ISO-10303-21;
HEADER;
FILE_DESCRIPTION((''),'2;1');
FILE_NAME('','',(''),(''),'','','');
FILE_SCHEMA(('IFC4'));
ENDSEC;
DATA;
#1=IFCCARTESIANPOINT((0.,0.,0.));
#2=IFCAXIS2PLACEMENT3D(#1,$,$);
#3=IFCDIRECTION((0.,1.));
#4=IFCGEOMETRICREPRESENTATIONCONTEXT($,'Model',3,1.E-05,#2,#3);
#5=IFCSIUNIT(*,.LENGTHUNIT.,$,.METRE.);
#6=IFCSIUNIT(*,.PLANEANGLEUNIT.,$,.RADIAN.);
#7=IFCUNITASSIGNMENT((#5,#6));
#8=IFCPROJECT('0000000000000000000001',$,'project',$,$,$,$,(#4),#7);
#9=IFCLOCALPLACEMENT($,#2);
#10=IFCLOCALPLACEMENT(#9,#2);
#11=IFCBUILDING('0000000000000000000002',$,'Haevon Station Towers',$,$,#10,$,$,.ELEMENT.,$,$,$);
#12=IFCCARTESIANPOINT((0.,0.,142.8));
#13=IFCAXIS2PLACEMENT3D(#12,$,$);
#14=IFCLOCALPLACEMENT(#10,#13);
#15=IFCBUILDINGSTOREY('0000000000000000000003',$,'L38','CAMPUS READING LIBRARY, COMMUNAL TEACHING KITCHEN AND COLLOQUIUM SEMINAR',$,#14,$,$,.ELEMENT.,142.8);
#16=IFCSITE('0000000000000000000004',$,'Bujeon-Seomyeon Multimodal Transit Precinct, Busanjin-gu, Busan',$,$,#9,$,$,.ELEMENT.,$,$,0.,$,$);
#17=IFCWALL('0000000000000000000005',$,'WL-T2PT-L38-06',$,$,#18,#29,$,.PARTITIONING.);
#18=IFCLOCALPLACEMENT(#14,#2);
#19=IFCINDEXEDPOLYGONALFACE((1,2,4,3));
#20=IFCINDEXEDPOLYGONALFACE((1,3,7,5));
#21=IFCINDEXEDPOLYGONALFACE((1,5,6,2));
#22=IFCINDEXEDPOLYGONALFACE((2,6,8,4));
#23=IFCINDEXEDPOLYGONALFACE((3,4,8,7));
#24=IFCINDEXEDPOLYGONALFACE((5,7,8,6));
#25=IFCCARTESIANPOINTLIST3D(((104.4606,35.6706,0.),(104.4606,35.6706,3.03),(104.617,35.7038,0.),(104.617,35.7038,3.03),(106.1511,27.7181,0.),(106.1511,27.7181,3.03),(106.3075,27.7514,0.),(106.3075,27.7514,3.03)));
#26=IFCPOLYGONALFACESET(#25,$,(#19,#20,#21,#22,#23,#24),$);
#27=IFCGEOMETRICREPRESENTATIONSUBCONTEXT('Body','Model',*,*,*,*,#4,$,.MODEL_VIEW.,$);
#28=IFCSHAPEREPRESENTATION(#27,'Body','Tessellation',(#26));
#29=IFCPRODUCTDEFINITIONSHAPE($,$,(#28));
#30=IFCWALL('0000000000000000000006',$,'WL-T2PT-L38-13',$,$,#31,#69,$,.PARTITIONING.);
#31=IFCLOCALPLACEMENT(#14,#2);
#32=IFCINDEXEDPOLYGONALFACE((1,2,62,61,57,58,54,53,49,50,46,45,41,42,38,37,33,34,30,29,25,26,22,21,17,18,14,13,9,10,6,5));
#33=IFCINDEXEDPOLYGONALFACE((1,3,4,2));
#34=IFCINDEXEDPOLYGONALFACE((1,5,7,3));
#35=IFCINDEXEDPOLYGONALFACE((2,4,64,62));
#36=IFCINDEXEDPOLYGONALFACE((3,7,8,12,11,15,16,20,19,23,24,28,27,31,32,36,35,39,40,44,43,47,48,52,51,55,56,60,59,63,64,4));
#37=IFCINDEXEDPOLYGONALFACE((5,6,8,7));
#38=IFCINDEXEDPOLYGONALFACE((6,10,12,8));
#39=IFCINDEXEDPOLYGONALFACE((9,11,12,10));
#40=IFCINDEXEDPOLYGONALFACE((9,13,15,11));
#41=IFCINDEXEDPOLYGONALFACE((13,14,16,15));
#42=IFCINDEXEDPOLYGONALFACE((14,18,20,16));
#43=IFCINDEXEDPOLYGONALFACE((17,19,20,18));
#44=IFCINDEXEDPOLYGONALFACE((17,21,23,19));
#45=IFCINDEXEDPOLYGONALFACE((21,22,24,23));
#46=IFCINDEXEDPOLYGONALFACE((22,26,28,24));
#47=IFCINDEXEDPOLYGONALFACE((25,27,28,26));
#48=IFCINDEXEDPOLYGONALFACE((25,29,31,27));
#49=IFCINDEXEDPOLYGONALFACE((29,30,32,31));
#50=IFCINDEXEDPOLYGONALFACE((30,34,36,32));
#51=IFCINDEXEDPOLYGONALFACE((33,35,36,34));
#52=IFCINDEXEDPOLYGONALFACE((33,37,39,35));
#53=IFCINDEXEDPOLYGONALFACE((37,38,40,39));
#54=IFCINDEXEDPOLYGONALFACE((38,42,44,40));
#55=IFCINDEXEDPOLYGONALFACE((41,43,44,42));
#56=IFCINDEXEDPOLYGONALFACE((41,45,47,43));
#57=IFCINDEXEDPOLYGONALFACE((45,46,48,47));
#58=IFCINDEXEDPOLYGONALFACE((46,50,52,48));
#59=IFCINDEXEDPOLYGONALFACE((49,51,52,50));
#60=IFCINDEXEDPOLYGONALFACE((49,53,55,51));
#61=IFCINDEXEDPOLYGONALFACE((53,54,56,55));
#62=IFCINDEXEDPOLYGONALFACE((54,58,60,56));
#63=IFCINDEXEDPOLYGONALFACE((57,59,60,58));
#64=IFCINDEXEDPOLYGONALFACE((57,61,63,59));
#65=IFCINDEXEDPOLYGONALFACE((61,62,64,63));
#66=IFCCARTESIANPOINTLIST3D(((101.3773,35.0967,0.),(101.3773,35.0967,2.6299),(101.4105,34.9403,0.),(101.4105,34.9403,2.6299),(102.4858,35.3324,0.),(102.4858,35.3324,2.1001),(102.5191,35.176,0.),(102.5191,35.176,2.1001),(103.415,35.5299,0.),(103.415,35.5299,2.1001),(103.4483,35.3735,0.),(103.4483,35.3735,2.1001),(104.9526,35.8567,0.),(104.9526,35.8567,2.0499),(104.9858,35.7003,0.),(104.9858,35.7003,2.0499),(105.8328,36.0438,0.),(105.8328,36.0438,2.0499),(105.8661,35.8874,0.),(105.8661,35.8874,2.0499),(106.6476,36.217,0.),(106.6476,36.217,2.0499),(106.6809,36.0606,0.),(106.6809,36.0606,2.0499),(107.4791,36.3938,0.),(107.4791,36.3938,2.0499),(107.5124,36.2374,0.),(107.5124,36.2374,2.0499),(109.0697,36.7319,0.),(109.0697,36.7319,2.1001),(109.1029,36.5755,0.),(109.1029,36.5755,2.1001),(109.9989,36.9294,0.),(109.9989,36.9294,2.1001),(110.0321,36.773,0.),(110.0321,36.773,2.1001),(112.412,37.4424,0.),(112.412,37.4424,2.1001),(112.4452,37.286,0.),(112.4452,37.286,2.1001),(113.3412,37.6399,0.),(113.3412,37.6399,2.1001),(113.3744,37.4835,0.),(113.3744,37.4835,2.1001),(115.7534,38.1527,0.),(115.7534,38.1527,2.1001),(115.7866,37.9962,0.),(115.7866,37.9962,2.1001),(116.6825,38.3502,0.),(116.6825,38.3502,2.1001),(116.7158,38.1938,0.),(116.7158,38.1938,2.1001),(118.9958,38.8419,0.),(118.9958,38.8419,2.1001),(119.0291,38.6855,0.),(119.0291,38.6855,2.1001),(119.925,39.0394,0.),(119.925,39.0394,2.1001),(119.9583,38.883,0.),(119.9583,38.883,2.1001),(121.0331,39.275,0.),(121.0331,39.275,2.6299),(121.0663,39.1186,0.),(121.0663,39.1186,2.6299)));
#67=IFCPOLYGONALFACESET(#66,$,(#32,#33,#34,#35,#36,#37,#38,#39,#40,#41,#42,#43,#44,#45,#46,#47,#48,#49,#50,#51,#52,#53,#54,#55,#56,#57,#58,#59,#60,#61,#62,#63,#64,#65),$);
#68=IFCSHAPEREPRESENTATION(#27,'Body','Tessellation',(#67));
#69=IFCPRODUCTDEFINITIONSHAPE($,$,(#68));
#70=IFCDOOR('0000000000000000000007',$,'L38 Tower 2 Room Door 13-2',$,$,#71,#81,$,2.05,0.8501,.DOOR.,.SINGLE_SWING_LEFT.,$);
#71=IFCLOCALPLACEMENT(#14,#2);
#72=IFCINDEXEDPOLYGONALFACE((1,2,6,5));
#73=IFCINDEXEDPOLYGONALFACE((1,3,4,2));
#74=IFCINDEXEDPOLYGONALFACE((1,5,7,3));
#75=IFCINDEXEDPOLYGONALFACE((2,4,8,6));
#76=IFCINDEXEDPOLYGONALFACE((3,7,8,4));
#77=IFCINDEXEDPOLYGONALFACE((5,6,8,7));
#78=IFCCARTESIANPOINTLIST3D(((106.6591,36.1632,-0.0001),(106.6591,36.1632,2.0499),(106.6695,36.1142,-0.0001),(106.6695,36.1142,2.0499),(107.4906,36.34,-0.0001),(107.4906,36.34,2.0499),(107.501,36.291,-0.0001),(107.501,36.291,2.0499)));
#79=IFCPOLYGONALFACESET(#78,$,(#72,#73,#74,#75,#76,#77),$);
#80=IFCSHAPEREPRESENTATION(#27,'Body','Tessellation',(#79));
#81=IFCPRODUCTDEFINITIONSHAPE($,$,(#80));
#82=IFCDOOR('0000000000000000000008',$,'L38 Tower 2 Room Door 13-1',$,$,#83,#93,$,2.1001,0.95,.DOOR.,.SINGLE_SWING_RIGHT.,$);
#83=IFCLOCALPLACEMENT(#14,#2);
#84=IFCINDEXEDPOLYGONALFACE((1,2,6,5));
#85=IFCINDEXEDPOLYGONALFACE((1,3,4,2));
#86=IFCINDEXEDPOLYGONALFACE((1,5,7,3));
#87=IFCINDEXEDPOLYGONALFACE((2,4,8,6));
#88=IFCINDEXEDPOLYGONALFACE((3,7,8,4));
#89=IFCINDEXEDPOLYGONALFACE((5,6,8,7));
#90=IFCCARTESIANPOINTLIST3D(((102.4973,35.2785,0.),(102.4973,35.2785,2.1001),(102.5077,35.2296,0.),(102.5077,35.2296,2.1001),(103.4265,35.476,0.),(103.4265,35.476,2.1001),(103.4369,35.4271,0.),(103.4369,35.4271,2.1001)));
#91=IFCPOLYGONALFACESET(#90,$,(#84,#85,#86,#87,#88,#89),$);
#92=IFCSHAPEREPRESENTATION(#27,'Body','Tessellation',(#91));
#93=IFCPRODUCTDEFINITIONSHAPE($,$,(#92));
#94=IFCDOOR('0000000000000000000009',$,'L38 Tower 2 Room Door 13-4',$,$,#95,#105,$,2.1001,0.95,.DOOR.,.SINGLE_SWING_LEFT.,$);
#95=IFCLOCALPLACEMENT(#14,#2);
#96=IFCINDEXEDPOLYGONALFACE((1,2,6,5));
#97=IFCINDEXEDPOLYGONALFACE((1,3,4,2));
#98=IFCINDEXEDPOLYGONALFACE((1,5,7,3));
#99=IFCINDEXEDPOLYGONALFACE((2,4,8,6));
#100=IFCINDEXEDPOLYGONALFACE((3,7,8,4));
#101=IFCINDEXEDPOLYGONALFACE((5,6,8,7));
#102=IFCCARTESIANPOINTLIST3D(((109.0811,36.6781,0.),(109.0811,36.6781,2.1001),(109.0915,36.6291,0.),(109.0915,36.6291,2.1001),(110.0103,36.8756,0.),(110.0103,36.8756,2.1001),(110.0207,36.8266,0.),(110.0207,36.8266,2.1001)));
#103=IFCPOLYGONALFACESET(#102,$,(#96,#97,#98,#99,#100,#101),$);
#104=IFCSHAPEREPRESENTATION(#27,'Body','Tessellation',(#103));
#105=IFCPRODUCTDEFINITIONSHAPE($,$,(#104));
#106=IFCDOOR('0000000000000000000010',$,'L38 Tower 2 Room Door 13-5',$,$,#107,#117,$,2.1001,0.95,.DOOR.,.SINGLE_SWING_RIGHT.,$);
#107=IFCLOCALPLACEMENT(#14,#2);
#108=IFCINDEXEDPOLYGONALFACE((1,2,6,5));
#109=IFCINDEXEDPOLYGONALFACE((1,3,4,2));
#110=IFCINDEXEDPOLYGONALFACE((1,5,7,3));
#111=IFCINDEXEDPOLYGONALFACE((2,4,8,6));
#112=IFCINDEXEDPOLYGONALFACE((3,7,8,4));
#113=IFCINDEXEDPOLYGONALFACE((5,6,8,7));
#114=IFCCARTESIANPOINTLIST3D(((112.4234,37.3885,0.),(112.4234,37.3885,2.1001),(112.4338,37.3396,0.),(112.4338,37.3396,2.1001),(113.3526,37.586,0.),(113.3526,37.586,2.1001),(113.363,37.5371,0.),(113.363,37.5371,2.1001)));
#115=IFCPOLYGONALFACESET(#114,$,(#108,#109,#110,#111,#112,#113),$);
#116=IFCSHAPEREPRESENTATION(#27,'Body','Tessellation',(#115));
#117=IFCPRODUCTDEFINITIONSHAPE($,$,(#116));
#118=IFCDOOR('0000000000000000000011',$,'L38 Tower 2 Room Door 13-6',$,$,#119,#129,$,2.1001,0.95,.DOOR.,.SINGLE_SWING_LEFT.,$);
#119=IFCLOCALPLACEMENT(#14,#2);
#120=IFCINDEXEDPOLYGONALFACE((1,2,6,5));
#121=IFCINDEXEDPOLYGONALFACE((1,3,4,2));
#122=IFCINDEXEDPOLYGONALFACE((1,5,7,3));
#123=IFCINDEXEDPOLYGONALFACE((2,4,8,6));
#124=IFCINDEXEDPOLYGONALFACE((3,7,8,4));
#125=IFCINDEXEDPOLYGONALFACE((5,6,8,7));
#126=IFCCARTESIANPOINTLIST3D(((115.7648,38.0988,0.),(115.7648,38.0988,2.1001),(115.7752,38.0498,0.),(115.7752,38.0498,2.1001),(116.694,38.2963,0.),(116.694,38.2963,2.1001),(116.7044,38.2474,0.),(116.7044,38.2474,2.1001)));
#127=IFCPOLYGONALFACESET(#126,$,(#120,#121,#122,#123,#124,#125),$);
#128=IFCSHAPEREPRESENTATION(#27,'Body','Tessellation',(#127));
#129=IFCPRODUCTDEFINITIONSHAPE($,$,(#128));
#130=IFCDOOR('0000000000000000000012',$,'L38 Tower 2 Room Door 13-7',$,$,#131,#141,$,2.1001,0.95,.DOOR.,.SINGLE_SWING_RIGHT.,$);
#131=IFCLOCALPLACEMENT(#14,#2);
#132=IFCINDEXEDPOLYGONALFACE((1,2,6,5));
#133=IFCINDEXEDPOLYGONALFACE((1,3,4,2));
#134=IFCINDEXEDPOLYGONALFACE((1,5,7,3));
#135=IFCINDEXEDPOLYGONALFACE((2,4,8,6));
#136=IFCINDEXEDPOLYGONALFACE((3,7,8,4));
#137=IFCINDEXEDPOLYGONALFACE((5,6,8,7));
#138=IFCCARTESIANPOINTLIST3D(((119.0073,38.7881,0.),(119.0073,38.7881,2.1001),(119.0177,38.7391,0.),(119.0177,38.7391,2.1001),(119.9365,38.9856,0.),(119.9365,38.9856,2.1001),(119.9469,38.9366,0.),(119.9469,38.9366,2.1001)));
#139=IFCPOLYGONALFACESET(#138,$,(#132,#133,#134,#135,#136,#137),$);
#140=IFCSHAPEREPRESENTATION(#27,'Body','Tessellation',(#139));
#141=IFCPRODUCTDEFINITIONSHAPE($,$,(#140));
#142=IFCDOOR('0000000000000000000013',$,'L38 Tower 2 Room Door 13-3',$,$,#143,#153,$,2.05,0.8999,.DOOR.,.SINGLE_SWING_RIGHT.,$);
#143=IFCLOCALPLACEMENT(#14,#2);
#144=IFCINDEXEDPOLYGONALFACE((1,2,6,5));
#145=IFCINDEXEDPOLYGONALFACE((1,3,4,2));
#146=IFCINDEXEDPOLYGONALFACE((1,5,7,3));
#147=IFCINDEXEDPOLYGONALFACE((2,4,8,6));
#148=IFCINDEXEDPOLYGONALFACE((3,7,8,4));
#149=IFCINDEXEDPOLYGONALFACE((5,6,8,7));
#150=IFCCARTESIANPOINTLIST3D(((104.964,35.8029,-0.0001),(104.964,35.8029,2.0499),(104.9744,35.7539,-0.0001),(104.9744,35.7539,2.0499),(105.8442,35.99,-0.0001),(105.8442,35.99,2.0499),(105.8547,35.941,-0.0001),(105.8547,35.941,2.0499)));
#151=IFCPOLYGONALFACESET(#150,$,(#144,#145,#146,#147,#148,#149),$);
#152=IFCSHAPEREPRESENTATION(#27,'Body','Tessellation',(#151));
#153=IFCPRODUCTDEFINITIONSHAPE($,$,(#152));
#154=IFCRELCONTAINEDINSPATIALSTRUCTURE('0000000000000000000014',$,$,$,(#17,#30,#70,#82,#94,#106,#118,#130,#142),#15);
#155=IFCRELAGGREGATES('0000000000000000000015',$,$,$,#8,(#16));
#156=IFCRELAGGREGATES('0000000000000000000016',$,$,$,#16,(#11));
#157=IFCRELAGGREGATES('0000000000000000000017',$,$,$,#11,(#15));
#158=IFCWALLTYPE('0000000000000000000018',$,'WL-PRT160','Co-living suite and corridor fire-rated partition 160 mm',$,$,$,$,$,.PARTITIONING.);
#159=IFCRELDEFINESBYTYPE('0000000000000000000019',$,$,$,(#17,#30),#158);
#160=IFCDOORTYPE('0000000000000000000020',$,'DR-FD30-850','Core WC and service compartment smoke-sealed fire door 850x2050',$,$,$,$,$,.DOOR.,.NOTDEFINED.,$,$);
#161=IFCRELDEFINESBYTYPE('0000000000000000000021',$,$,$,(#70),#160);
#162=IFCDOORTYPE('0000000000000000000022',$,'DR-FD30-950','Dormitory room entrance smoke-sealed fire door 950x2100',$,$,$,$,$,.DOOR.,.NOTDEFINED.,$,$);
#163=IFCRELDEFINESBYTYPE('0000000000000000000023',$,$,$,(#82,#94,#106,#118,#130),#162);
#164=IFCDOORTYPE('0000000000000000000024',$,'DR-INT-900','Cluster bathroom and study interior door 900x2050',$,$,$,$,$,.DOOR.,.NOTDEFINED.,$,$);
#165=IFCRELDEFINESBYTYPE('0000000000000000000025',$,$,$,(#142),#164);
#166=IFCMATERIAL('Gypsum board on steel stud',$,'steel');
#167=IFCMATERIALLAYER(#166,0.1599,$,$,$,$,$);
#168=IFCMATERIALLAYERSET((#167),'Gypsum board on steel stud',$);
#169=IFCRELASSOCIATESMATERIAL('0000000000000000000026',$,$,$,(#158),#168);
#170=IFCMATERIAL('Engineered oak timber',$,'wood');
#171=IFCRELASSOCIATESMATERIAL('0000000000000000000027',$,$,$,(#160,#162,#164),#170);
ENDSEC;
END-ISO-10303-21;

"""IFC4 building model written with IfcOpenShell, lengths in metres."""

from ifc_helpers import new_model, si_unit, direction, frame, frame_2d, origin, place, context, subcontext, project, spatial, rectangle, extrude, material, layer, layer_set, type_object, element, fill, save


model = new_model("IFC4")

# Units and contexts
model_context = context("Model", 3, precision=1e-05, world=origin(), true_north=direction((0.0, 1.0)))
body_context = subcontext(model_context, "Body", "Model", "MODEL_VIEW")
ifc_project = project(units=[si_unit("LENGTHUNIT", "METRE"), si_unit("PLANEANGLEUNIT", "RADIAN")], contexts=[model_context])

# Site, building, storey
site_placement = place(None, origin())
site = spatial("IfcSite", under=ifc_project, at=site_placement, Name="Bujeon-Seomyeon Multimodal Transit Precinct, Busanjin-gu, Busan", CompositionType="ELEMENT", RefElevation=0.0)
building_placement = place(site_placement, origin())
building = spatial("IfcBuilding", under=site, at=building_placement, Name="Haevon Station Towers", CompositionType="ELEMENT")
storey_placement = place(building_placement, frame((0.0, 0.0, 142.8)))
storey = spatial("IfcBuildingStorey", under=building, at=storey_placement, Name="L38", Description="CAMPUS READING LIBRARY, COMMUNAL TEACHING KITCHEN AND COLLOQUIUM SEMINAR", CompositionType="ELEMENT", Elevation=142.8)

# Shared definitions
ifc_material_1 = material(Name="Gypsum board on steel stud", Category="steel")
ifc_material_2 = material(Name="Engineered oak timber", Category="wood")

# Wall
ifc_layer_1 = layer(ifc_material_1, 0.1599)
ifc_layer_set_1 = layer_set([ifc_layer_1], Name="Gypsum board on steel stud")
wall_type_1 = type_object("IfcWallType", Name="WL-PRT160", Description="Co-living suite and corridor fire-rated partition 160 mm", PredefinedType="PARTITIONING", material=ifc_layer_set_1)
wall_1_placement = place(storey_placement, frame((106.2292, 27.7349, 0.0), z_axis=(0.0, 0.0, 1.0), x_axis=(-0.207923, 0.978145, 0.0)))
element("IfcWall", 1, at=wall_1_placement, inside=storey, type_object=wall_type_1, Name="WL-T2PT-L38-06", PredefinedType="PARTITIONING", context=body_context, shape_type="SweptSolid", body=[
    extrude(rectangle(XDim=8.1301, YDim=0.1599, at=frame_2d((4.0649, 0.0))), origin(), (0.0, 0.0, 1.0), 3.03),
])

# Wall, openings, doors
wall_2_placement = place(storey_placement, frame((101.394, 35.0186, 0.0), z_axis=(0.0, 0.0, 1.0), x_axis=(0.978145, 0.207924, 0.0)))
wall_2 = element("IfcWall", 2, at=wall_2_placement, inside=storey, type_object=wall_type_1, Name="WL-T2PT-L38-13", PredefinedType="PARTITIONING", context=body_context, shape_type="SweptSolid", body=[
    extrude(rectangle(XDim=20.095, YDim=0.1599, at=frame_2d((10.0474, 0.0))), origin(), (0.0, 0.0, 1.0), 2.6299),
])
opening_1_placement = place(wall_2_placement, frame((1.1331, 0.0, 0.0)))
opening_1 = element("IfcOpeningElement", 3, at=opening_1_placement, cuts=wall_2, PredefinedType="OPENING", context=body_context, shape_type="SweptSolid", body=[
    extrude(rectangle(XDim=0.95, YDim=2.1001, at=frame_2d((0.4751, 1.05))), frame((0.0, 0.0898, 0.0), z_axis=(0.0, -1.0, 0.0), x_axis=(1.0, 0.0, 0.0)), (0.0, 0.0, 1.0), 0.1799),
])
opening_2_placement = place(wall_2_placement, frame((5.3879, 0.0, 0.0)))
opening_2 = element("IfcOpeningElement", 4, at=opening_2_placement, cuts=wall_2, PredefinedType="OPENING", context=body_context, shape_type="SweptSolid", body=[
    extrude(rectangle(XDim=0.8501, YDim=2.05, at=frame_2d((0.425, 1.0249))), frame((0.0, 0.0898, 0.0), z_axis=(0.0, -1.0, 0.0), x_axis=(1.0, 0.0, 0.0)), (0.0, 0.0, 1.0), 0.1799),
])
opening_3_placement = place(wall_2_placement, frame((3.655, 0.0, 0.0)))
opening_3 = element("IfcOpeningElement", 5, at=opening_3_placement, cuts=wall_2, PredefinedType="OPENING", context=body_context, shape_type="SweptSolid", body=[
    extrude(rectangle(XDim=0.8999, YDim=2.05, at=frame_2d((0.45, 1.0249))), frame((0.0, 0.0898, 0.0), z_axis=(0.0, -1.0, 0.0), x_axis=(1.0, 0.0, 0.0)), (0.0, 0.0, 1.0), 0.1799),
])
opening_4_placement = place(wall_2_placement, frame((7.864, 0.0, 0.0)))
opening_4 = element("IfcOpeningElement", 6, at=opening_4_placement, cuts=wall_2, PredefinedType="OPENING", context=body_context, shape_type="SweptSolid", body=[
    extrude(rectangle(XDim=0.95, YDim=2.1001, at=frame_2d((0.4751, 1.05))), frame((0.0, 0.0898, 0.0), z_axis=(0.0, -1.0, 0.0), x_axis=(1.0, 0.0, 0.0)), (0.0, 0.0, 1.0), 0.1799),
])
opening_5_placement = place(wall_2_placement, frame((11.281, 0.0, 0.0)))
opening_5 = element("IfcOpeningElement", 7, at=opening_5_placement, cuts=wall_2, PredefinedType="OPENING", context=body_context, shape_type="SweptSolid", body=[
    extrude(rectangle(XDim=0.95, YDim=2.1001, at=frame_2d((0.4751, 1.05))), frame((0.0, 0.0898, 0.0), z_axis=(0.0, -1.0, 0.0), x_axis=(1.0, 0.0, 0.0)), (0.0, 0.0, 1.0), 0.1799),
])
opening_6_placement = place(wall_2_placement, frame((14.697, 0.0, 0.0)))
opening_6 = element("IfcOpeningElement", 8, at=opening_6_placement, cuts=wall_2, PredefinedType="OPENING", context=body_context, shape_type="SweptSolid", body=[
    extrude(rectangle(XDim=0.95, YDim=2.1001, at=frame_2d((0.4751, 1.05))), frame((0.0, 0.0898, 0.0), z_axis=(0.0, -1.0, 0.0), x_axis=(1.0, 0.0, 0.0)), (0.0, 0.0, 1.0), 0.1799),
])
opening_7_placement = place(wall_2_placement, frame((18.012, 0.0, 0.0)))
opening_7 = element("IfcOpeningElement", 9, at=opening_7_placement, cuts=wall_2, PredefinedType="OPENING", context=body_context, shape_type="SweptSolid", body=[
    extrude(rectangle(XDim=0.95, YDim=2.1001, at=frame_2d((0.4751, 1.05))), frame((0.0, 0.0898, 0.0), z_axis=(0.0, -1.0, 0.0), x_axis=(1.0, 0.0, 0.0)), (0.0, 0.0, 1.0), 0.1799),
])
door_type_1 = type_object("IfcDoorType", Name="DR-FD30-850", Description="Core WC and service compartment smoke-sealed fire door 850x2050", OperationType="NOTDEFINED", PredefinedType="DOOR", material=ifc_material_2)
door_1_placement = place(opening_2_placement, origin())
door_1 = element("IfcDoor", 10, at=door_1_placement, inside=storey, type_object=door_type_1, Name="L38 Tower 2 Room Door 13-2", OperationType="SINGLE_SWING_LEFT", OverallHeight=2.05, OverallWidth=0.8501, PredefinedType="DOOR", context=body_context, shape_type="SweptSolid", body=[
    extrude(rectangle(XDim=0.8501, YDim=2.05, at=frame_2d((0.425, 1.0249))), frame((0.0, 0.0249, 0.0), z_axis=(0.0, -1.0, 0.0), x_axis=(1.0, 0.0, 0.0)), (0.0, 0.0, 1.0), 0.05),
])
fill(opening_2, door_1)
door_type_2 = type_object("IfcDoorType", Name="DR-FD30-950", Description="Dormitory room entrance smoke-sealed fire door 950x2100", OperationType="NOTDEFINED", PredefinedType="DOOR", material=ifc_material_2)
door_2_placement = place(opening_1_placement, origin())
door_2 = element("IfcDoor", 11, at=door_2_placement, inside=storey, type_object=door_type_2, Name="L38 Tower 2 Room Door 13-1", OperationType="SINGLE_SWING_RIGHT", OverallHeight=2.1001, OverallWidth=0.95, PredefinedType="DOOR", context=body_context, shape_type="SweptSolid", body=[
    extrude(rectangle(XDim=0.95, YDim=2.1001, at=frame_2d((0.4751, 1.05))), frame((0.0, 0.0249, 0.0), z_axis=(0.0, -1.0, 0.0), x_axis=(1.0, 0.0, 0.0)), (0.0, 0.0, 1.0), 0.05),
])
fill(opening_1, door_2)
door_3_placement = place(opening_4_placement, origin())
door_3 = element("IfcDoor", 12, at=door_3_placement, inside=storey, type_object=door_type_2, Name="L38 Tower 2 Room Door 13-4", OperationType="SINGLE_SWING_LEFT", OverallHeight=2.1001, OverallWidth=0.95, PredefinedType="DOOR", context=body_context, shape_type="SweptSolid", body=[
    extrude(rectangle(XDim=0.95, YDim=2.1001, at=frame_2d((0.4751, 1.05))), frame((0.0, 0.0249, 0.0), z_axis=(0.0, -1.0, 0.0), x_axis=(1.0, 0.0, 0.0)), (0.0, 0.0, 1.0), 0.05),
])
fill(opening_4, door_3)
door_4_placement = place(opening_5_placement, origin())
door_4 = element("IfcDoor", 13, at=door_4_placement, inside=storey, type_object=door_type_2, Name="L38 Tower 2 Room Door 13-5", OperationType="SINGLE_SWING_RIGHT", OverallHeight=2.1001, OverallWidth=0.95, PredefinedType="DOOR", context=body_context, shape_type="SweptSolid", body=[
    extrude(rectangle(XDim=0.95, YDim=2.1001, at=frame_2d((0.4751, 1.05))), frame((0.0, 0.0249, 0.0), z_axis=(0.0, -1.0, 0.0), x_axis=(1.0, 0.0, 0.0)), (0.0, 0.0, 1.0), 0.05),
])
fill(opening_5, door_4)
door_5_placement = place(opening_6_placement, origin())
door_5 = element("IfcDoor", 14, at=door_5_placement, inside=storey, type_object=door_type_2, Name="L38 Tower 2 Room Door 13-6", OperationType="SINGLE_SWING_LEFT", OverallHeight=2.1001, OverallWidth=0.95, PredefinedType="DOOR", context=body_context, shape_type="SweptSolid", body=[
    extrude(rectangle(XDim=0.95, YDim=2.1001, at=frame_2d((0.4751, 1.05))), frame((0.0, 0.0249, 0.0), z_axis=(0.0, -1.0, 0.0), x_axis=(1.0, 0.0, 0.0)), (0.0, 0.0, 1.0), 0.05),
])
fill(opening_6, door_5)
door_6_placement = place(opening_7_placement, origin())
door_6 = element("IfcDoor", 15, at=door_6_placement, inside=storey, type_object=door_type_2, Name="L38 Tower 2 Room Door 13-7", OperationType="SINGLE_SWING_RIGHT", OverallHeight=2.1001, OverallWidth=0.95, PredefinedType="DOOR", context=body_context, shape_type="SweptSolid", body=[
    extrude(rectangle(XDim=0.95, YDim=2.1001, at=frame_2d((0.4751, 1.05))), frame((0.0, 0.0249, 0.0), z_axis=(0.0, -1.0, 0.0), x_axis=(1.0, 0.0, 0.0)), (0.0, 0.0, 1.0), 0.05),
])
fill(opening_7, door_6)
door_type_3 = type_object("IfcDoorType", Name="DR-INT-900", Description="Cluster bathroom and study interior door 900x2050", OperationType="NOTDEFINED", PredefinedType="DOOR", material=ifc_material_2)
door_7_placement = place(opening_3_placement, origin())
door_7 = element("IfcDoor", 16, at=door_7_placement, inside=storey, type_object=door_type_3, Name="L38 Tower 2 Room Door 13-3", OperationType="SINGLE_SWING_RIGHT", OverallHeight=2.05, OverallWidth=0.8999, PredefinedType="DOOR", context=body_context, shape_type="SweptSolid", body=[
    extrude(rectangle(XDim=0.8999, YDim=2.05, at=frame_2d((0.45, 1.0249))), frame((0.0, 0.0249, 0.0), z_axis=(0.0, -1.0, 0.0), x_axis=(1.0, 0.0, 0.0)), (0.0, 0.0, 1.0), 0.05),
])
fill(opening_3, door_7)

save(model, "model.ifc")
